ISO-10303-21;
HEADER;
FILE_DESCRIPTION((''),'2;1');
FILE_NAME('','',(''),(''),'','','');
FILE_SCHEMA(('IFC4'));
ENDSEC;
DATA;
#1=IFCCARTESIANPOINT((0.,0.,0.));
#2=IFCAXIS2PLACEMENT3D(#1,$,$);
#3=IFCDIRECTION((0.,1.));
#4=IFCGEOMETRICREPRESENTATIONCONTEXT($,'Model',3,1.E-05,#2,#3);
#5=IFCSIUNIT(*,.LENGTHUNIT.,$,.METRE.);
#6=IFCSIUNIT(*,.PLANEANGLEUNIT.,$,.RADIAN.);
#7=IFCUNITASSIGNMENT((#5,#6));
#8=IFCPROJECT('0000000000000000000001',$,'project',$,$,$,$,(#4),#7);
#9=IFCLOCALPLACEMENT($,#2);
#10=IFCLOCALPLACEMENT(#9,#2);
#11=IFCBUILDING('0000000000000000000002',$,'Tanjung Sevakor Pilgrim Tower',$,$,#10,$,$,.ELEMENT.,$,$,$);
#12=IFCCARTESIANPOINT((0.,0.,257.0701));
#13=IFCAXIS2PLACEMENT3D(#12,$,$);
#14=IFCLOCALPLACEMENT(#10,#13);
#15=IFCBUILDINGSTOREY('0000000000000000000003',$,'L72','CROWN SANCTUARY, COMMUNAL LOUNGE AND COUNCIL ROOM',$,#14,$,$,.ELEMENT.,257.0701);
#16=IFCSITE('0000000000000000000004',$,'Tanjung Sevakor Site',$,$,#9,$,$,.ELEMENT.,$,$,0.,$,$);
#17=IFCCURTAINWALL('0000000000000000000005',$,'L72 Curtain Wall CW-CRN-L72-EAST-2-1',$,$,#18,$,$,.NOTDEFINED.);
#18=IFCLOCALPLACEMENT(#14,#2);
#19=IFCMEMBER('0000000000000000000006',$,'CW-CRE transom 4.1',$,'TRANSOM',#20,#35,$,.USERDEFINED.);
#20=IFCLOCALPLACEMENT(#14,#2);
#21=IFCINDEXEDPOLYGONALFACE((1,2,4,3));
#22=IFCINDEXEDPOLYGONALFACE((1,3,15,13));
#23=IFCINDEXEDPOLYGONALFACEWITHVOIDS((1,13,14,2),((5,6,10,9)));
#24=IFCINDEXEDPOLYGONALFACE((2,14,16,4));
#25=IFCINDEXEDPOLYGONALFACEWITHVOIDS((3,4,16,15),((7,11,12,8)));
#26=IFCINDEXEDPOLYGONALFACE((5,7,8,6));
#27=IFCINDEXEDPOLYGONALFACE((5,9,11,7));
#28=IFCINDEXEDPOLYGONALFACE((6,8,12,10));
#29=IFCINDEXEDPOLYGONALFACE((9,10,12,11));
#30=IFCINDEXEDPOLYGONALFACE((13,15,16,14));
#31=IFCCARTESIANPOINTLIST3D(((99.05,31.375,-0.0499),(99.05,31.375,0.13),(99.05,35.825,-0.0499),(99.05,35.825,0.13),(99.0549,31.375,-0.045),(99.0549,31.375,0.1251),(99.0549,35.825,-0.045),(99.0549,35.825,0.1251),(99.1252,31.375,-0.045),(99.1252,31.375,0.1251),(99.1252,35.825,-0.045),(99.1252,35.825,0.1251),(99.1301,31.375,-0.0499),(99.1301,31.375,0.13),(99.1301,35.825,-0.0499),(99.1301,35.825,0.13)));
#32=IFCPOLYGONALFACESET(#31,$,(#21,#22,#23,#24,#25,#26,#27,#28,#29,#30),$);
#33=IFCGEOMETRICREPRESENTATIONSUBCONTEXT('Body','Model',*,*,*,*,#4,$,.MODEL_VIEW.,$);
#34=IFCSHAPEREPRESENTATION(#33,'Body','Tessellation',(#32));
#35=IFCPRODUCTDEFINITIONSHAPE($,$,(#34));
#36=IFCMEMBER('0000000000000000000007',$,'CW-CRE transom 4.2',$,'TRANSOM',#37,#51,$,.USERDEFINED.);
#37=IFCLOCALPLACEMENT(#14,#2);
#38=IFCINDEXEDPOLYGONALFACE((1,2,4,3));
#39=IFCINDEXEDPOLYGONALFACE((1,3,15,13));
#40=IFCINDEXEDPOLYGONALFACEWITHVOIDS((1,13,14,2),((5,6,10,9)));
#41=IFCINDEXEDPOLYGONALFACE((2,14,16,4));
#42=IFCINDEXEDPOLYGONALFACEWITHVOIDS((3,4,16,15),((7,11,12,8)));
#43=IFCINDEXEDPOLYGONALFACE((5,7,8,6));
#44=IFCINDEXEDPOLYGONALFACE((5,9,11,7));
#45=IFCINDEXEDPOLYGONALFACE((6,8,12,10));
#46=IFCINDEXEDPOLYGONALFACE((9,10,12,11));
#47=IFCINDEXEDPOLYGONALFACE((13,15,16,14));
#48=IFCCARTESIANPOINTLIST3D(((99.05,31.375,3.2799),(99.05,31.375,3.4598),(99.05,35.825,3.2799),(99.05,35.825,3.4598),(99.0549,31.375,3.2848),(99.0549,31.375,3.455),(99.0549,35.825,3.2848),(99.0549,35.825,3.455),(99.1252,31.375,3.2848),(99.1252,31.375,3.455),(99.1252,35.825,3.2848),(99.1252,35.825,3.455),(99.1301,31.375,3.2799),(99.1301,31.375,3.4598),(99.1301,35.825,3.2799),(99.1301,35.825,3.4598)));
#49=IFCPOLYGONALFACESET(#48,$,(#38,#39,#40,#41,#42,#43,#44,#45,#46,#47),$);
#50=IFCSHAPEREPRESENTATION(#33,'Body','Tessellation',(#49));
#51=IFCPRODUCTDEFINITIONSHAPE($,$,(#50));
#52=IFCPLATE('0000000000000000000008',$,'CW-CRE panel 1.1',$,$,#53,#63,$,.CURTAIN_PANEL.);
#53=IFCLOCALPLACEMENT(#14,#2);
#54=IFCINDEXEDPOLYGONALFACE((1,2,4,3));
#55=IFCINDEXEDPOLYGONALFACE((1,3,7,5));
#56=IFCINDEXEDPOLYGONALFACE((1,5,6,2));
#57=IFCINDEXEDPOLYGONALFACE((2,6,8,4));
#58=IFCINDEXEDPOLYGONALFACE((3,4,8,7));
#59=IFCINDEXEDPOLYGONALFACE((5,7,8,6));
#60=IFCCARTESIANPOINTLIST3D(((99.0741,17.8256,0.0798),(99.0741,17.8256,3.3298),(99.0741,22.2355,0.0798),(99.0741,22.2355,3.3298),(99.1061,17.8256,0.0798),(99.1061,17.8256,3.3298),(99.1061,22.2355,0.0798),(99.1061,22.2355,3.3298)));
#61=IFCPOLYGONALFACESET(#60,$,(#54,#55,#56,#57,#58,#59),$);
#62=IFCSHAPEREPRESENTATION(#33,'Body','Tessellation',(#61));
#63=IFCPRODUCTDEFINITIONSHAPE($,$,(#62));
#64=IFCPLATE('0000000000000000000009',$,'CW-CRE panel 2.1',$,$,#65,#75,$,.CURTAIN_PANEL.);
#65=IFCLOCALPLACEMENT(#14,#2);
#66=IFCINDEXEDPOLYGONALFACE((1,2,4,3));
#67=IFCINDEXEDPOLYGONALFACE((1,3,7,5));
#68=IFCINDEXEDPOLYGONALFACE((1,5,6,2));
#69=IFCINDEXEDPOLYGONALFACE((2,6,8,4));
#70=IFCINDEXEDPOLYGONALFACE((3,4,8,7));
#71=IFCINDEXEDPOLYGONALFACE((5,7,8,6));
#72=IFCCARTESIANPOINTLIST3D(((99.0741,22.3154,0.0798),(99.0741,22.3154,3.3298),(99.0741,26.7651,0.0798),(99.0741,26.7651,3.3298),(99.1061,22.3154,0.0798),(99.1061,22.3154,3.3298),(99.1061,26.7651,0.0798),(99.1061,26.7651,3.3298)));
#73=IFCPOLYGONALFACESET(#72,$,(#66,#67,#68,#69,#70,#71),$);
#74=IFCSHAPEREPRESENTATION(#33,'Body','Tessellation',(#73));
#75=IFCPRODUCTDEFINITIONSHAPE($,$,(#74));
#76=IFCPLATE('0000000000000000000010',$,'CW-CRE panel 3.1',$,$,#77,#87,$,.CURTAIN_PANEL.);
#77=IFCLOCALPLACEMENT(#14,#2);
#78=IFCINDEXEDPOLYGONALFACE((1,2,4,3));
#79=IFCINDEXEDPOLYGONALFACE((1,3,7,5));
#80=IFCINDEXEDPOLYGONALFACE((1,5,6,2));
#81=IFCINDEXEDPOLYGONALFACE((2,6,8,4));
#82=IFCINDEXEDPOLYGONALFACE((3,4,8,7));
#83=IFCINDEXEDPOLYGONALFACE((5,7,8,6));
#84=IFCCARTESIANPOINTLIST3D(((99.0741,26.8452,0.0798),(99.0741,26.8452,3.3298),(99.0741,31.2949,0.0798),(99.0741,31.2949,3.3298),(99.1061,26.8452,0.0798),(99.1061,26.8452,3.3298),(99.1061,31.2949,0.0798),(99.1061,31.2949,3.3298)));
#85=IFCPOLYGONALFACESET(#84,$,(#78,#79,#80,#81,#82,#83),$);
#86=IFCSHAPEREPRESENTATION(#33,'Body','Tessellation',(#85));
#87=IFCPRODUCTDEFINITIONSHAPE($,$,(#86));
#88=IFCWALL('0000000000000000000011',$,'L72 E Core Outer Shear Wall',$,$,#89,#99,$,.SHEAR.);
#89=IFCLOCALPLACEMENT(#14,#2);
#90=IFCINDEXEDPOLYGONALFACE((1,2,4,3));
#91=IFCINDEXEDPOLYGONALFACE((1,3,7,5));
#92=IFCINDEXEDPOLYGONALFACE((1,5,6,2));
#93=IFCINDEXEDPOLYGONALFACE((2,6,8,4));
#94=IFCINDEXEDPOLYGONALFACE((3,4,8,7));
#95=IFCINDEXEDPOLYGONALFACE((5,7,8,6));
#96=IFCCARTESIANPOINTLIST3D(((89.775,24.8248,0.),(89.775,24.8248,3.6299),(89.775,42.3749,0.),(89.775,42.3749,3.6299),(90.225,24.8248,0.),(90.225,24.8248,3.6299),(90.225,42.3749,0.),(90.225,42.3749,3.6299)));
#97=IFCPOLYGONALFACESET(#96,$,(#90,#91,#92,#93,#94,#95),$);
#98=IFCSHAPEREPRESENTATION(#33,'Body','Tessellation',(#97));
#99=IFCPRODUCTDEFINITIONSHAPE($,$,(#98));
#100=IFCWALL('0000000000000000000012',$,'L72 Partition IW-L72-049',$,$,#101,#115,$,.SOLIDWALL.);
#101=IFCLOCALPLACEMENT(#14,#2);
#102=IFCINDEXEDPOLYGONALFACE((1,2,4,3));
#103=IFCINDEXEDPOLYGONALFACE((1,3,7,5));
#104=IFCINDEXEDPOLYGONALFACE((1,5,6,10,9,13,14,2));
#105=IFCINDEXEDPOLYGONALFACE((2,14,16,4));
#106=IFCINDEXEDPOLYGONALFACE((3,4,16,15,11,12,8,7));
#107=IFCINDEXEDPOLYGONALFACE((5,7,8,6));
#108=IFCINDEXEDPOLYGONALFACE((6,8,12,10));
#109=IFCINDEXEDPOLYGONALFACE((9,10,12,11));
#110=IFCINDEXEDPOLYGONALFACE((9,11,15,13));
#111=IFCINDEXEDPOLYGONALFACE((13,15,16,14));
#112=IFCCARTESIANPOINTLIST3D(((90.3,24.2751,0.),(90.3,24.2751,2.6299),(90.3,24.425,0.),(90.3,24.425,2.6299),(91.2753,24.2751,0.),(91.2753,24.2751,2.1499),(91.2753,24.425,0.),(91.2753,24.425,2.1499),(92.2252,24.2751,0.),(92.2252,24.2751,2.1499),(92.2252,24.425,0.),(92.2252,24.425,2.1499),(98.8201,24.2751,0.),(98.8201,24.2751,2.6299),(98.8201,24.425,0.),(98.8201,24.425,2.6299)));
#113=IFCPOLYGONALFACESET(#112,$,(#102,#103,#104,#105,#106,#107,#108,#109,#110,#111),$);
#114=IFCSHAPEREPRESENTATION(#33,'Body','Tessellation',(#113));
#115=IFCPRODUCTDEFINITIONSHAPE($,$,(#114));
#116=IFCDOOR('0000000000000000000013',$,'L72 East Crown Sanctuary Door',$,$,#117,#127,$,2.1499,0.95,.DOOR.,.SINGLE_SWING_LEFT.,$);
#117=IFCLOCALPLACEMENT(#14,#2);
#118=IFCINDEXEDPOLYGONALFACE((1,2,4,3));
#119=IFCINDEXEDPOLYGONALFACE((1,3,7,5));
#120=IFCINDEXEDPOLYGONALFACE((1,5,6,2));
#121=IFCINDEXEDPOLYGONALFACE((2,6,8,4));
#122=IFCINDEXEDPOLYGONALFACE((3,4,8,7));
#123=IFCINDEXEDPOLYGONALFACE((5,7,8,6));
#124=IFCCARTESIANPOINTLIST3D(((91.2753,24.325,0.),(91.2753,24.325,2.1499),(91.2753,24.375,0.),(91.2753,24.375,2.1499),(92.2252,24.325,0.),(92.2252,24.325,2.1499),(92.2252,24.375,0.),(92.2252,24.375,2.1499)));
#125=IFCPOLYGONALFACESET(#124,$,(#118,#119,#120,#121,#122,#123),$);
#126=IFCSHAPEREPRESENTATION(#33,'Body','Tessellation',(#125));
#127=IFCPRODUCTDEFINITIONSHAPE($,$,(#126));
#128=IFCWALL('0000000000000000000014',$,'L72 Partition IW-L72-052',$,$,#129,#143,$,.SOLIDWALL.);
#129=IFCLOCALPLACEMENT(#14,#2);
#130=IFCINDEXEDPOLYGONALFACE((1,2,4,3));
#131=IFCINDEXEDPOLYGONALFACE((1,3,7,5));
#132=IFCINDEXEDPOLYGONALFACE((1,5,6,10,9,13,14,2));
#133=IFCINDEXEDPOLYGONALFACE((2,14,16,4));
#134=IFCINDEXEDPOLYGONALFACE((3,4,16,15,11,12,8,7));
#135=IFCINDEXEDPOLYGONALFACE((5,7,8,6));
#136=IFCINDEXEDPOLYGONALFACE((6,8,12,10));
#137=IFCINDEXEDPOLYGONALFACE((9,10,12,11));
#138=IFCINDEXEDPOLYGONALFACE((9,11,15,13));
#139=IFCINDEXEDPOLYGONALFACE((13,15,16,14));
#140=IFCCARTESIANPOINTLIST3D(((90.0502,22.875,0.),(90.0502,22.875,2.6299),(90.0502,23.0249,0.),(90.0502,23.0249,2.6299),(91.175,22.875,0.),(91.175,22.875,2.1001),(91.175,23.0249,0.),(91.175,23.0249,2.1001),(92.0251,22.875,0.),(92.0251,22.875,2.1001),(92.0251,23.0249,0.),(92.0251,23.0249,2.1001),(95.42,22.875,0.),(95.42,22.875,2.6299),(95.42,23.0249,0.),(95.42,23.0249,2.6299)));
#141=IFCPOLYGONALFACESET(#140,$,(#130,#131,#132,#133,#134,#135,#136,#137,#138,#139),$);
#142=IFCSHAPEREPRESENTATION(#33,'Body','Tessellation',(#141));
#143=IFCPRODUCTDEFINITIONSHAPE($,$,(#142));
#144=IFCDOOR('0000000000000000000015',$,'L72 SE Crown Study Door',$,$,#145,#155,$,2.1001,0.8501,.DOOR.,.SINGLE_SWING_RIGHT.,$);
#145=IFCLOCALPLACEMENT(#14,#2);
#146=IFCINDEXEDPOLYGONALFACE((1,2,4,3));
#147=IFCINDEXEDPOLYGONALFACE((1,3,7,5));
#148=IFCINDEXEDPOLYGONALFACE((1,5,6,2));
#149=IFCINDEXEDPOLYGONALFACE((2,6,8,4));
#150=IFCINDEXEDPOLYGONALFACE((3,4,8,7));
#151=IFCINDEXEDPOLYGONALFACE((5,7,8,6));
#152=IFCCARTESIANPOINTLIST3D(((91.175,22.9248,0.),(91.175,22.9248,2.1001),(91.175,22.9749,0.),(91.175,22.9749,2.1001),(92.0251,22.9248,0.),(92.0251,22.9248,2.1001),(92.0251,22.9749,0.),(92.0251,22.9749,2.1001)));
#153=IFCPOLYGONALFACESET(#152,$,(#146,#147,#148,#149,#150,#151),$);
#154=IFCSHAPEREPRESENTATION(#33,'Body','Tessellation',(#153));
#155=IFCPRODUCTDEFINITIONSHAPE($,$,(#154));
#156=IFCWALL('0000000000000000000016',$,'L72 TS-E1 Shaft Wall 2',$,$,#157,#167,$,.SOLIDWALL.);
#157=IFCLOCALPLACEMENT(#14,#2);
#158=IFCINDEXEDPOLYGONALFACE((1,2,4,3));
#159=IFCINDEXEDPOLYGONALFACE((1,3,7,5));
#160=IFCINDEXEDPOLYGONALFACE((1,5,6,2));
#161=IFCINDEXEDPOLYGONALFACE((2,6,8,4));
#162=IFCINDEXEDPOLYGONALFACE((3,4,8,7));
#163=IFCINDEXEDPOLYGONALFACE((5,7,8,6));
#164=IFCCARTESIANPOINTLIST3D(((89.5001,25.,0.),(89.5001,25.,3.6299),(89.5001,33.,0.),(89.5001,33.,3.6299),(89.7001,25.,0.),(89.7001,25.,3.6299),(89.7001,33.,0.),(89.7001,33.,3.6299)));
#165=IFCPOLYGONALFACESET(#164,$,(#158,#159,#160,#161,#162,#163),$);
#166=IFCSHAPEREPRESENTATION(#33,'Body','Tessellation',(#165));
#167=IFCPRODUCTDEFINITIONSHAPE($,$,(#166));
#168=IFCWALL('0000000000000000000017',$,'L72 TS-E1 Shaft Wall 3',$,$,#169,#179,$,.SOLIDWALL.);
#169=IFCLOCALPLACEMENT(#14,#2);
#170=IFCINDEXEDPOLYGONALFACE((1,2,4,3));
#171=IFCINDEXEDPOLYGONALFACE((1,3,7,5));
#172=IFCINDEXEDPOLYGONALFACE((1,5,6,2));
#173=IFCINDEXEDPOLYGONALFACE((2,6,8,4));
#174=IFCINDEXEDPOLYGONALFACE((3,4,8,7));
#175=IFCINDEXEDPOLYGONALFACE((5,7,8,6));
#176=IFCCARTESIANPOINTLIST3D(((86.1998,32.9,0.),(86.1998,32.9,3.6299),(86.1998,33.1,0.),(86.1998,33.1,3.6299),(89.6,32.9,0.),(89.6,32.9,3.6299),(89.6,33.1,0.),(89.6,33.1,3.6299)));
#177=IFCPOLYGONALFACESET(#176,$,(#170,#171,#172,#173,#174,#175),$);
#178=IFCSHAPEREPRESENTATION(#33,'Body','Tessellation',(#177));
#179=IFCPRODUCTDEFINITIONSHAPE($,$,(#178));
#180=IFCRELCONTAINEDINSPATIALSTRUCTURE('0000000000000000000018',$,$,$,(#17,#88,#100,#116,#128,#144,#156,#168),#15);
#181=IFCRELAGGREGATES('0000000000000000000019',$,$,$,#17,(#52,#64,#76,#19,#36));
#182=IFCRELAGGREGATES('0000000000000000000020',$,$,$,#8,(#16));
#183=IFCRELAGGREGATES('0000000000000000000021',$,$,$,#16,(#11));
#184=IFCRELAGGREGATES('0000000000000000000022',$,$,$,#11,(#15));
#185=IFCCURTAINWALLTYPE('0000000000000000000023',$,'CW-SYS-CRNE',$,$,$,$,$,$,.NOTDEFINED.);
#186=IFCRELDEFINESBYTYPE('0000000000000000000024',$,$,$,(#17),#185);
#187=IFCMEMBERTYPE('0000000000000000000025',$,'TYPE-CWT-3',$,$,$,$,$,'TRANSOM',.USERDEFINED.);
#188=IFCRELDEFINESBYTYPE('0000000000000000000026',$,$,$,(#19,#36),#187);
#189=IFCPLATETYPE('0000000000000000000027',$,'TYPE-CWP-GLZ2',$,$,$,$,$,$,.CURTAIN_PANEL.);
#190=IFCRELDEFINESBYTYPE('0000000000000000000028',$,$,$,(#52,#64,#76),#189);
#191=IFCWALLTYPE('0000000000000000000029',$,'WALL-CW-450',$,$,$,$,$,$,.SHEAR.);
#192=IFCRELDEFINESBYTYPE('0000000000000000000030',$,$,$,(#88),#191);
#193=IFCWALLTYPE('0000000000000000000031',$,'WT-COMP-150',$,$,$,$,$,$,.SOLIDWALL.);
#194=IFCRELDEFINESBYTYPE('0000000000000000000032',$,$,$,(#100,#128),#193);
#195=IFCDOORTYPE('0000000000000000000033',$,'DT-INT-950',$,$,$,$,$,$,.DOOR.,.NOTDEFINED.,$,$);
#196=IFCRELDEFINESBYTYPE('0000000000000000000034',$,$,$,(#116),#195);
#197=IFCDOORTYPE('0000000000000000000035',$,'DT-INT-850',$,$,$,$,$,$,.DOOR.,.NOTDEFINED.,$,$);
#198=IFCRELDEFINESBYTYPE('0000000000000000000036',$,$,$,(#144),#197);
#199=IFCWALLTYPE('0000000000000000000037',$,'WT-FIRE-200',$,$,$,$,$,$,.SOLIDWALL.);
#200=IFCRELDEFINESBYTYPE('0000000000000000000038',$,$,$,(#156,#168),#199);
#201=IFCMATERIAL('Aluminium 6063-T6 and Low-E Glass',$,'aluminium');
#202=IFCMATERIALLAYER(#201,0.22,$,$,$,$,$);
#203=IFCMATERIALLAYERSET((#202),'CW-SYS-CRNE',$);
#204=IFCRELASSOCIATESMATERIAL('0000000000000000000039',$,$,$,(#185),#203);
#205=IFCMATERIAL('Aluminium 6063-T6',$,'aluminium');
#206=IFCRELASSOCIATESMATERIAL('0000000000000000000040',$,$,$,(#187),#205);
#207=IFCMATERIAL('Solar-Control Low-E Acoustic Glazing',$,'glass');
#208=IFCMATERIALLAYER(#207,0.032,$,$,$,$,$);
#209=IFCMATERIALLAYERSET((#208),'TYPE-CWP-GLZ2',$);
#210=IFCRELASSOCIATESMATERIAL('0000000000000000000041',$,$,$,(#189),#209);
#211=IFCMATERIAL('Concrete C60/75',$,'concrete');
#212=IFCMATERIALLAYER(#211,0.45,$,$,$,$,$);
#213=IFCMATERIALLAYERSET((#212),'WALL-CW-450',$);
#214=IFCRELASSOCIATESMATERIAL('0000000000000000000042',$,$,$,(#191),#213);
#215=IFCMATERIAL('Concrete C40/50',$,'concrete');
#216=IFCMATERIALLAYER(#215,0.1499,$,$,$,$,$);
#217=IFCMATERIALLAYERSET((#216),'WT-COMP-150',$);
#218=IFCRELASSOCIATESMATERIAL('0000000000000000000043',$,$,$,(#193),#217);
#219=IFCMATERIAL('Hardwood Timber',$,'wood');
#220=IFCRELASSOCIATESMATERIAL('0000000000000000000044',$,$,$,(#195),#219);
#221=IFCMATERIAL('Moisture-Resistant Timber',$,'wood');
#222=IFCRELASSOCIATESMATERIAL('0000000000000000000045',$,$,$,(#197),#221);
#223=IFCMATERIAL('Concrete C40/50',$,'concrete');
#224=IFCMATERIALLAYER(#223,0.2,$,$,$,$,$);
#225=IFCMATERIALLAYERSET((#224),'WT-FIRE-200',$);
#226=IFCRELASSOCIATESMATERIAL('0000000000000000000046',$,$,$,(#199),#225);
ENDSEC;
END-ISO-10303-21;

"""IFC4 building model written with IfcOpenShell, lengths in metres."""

from ifc_helpers import new_model, si_unit, direction, frame, frame_2d, origin, origin_2d, place, context, subcontext, project, spatial, rectangle, hollow_rectangle, extrude, material, layer, layer_set, material_profile, profile_set, type_object, element, fill, aggregate, save


model = new_model("IFC4")

# Units and contexts
model_context = context("Model", 3, precision=1e-05, world=origin(), true_north=direction((0.0, 1.0)))
body_context = subcontext(model_context, "Body", "Model", "MODEL_VIEW")
ifc_project = project(units=[si_unit("LENGTHUNIT", "METRE"), si_unit("PLANEANGLEUNIT", "RADIAN")], contexts=[model_context])

# Site, building, storey
site_placement = place(None, origin())
site = spatial("IfcSite", under=ifc_project, at=site_placement, Name="Tanjung Sevakor Site", CompositionType="ELEMENT", RefElevation=0.0)
building_placement = place(site_placement, origin())
building = spatial("IfcBuilding", under=site, at=building_placement, Name="Tanjung Sevakor Pilgrim Tower", CompositionType="ELEMENT")
storey_placement = place(building_placement, frame((0.0, 0.0, 257.0701)))
storey = spatial("IfcBuildingStorey", under=building, at=storey_placement, Name="L72", Description="CROWN SANCTUARY, COMMUNAL LOUNGE AND COUNCIL ROOM", CompositionType="ELEMENT", Elevation=257.0701)

# Curtain wall, members, plates
ifc_material_1 = material(Name="Aluminium 6063-T6 and Low-E Glass", Category="aluminium")
ifc_layer_1 = layer(ifc_material_1, 0.22)
ifc_layer_set_1 = layer_set([ifc_layer_1], Name="CW-SYS-CRNE")
curtain_wall_type = type_object("IfcCurtainWallType", Name="CW-SYS-CRNE", PredefinedType="NOTDEFINED", material=ifc_layer_set_1)
curtain_wall_placement = place(storey_placement, origin())
curtain_wall = element("IfcCurtainWall", 1, at=curtain_wall_placement, inside=storey, type_object=curtain_wall_type, Name="L72 Curtain Wall CW-CRN-L72-EAST-2-1", PredefinedType="NOTDEFINED")
ifc_material_2 = material(Name="Aluminium 6063-T6", Category="aluminium")
ifc_material_profile_1 = material_profile(ifc_material_2, hollow_rectangle(XDim=0.0801, YDim=0.1799, WallThickness=0.0049, at=origin_2d()))
ifc_profile_set_1 = profile_set([ifc_material_profile_1], Name="Aluminium 6063-T6")
member_type_1 = type_object("IfcMemberType", Name="TYPE-CWT-3", ElementType="TRANSOM", PredefinedType="USERDEFINED", material=ifc_profile_set_1)
member_1_placement = place(storey_placement, frame((99.0901, 31.375, 0.04), z_axis=(0.0, 1.0, 0.0), x_axis=(-1.0, 0.0, 0.0)))
member_1 = element("IfcMember", 2, at=member_1_placement, type_object=member_type_1, Name="CW-CRE transom 4.1", ObjectType="TRANSOM", PredefinedType="USERDEFINED", context=body_context, shape_type="SweptSolid", body=[
    extrude(hollow_rectangle(XDim=0.0801, YDim=0.1799, WallThickness=0.0049, at=origin_2d()), origin(), (0.0, 0.0, 1.0), 4.45),
])
member_2_placement = place(storey_placement, frame((99.0901, 31.375, 3.3699), z_axis=(0.0, 1.0, 0.0), x_axis=(-1.0, 0.0, 0.0)))
member_2 = element("IfcMember", 3, at=member_2_placement, type_object=member_type_1, Name="CW-CRE transom 4.2", ObjectType="TRANSOM", PredefinedType="USERDEFINED", context=body_context, shape_type="SweptSolid", body=[
    extrude(hollow_rectangle(XDim=0.0801, YDim=0.1799, WallThickness=0.0049, at=origin_2d()), origin(), (0.0, 0.0, 1.0), 4.45),
])
ifc_material_3 = material(Name="Solar-Control Low-E Acoustic Glazing", Category="glass")
ifc_layer_2 = layer(ifc_material_3, 0.032)
ifc_layer_set_2 = layer_set([ifc_layer_2], Name="TYPE-CWP-GLZ2")
plate_type = type_object("IfcPlateType", Name="TYPE-CWP-GLZ2", PredefinedType="CURTAIN_PANEL", material=ifc_layer_set_2)
plate_1_placement = place(storey_placement, frame((99.0901, 20.0305, 0.0798), z_axis=(0.0, 0.0, 1.0), x_axis=(0.0, 1.0, 0.0)))
plate_1 = element("IfcPlate", 4, at=plate_1_placement, type_object=plate_type, Name="CW-CRE panel 1.1", PredefinedType="CURTAIN_PANEL", context=body_context, shape_type="SweptSolid", body=[
    extrude(rectangle(XDim=4.4099, YDim=0.032, at=origin_2d()), origin(), (0.0, 0.0, 1.0), 3.25),
])
plate_2_placement = place(storey_placement, frame((99.0901, 24.5403, 0.0798), z_axis=(0.0, 0.0, 1.0), x_axis=(0.0, 1.0, 0.0)))
plate_2 = element("IfcPlate", 5, at=plate_2_placement, type_object=plate_type, Name="CW-CRE panel 2.1", PredefinedType="CURTAIN_PANEL", context=body_context, shape_type="SweptSolid", body=[
    extrude(rectangle(XDim=4.4497, YDim=0.032, at=origin_2d()), origin(), (0.0, 0.0, 1.0), 3.25),
])
plate_3_placement = place(storey_placement, frame((99.0901, 29.0701, 0.0798), z_axis=(0.0, 0.0, 1.0), x_axis=(0.0, 1.0, 0.0)))
plate_3 = element("IfcPlate", 6, at=plate_3_placement, type_object=plate_type, Name="CW-CRE panel 3.1", PredefinedType="CURTAIN_PANEL", context=body_context, shape_type="SweptSolid", body=[
    extrude(rectangle(XDim=4.4497, YDim=0.032, at=origin_2d()), origin(), (0.0, 0.0, 1.0), 3.25),
])
aggregate(curtain_wall, [plate_1, plate_2, plate_3, member_1, member_2])

# Wall
ifc_material_4 = material(Name="Concrete C60/75", Category="concrete")
ifc_layer_3 = layer(ifc_material_4, 0.45)
ifc_layer_set_3 = layer_set([ifc_layer_3], Name="WALL-CW-450")
wall_type_1 = type_object("IfcWallType", Name="WALL-CW-450", PredefinedType="SHEAR", material=ifc_layer_set_3)
wall_1_placement = place(storey_placement, frame((90.0, 24.825, 0.0), z_axis=(0.0, 0.0, 1.0), x_axis=(0.0, 1.0, 0.0)))
element("IfcWall", 7, at=wall_1_placement, inside=storey, type_object=wall_type_1, Name="L72 E Core Outer Shear Wall", PredefinedType="SHEAR", context=body_context, shape_type="SweptSolid", body=[
    extrude(rectangle(XDim=17.55, YDim=0.45, at=frame_2d((8.7749, 0.0))), origin(), (0.0, 0.0, 1.0), 3.6299),
])

# Walls, openings, doors
ifc_material_5 = material(Name="Concrete C40/50", Category="concrete")
ifc_layer_4 = layer(ifc_material_5, 0.1499)
ifc_layer_set_4 = layer_set([ifc_layer_4], Name="WT-COMP-150")
wall_type_2 = type_object("IfcWallType", Name="WT-COMP-150", PredefinedType="SOLIDWALL", material=ifc_layer_set_4)
wall_2_placement = place(storey_placement, frame((90.3, 24.3501, 0.0), z_axis=(0.0, 0.0, 1.0), x_axis=(1.0, 0.0, 0.0)))
wall_2 = element("IfcWall", 8, at=wall_2_placement, inside=storey, type_object=wall_type_2, Name="L72 Partition IW-L72-049", PredefinedType="SOLIDWALL", context=body_context, shape_type="SweptSolid", body=[
    extrude(rectangle(XDim=8.52, YDim=0.1499, at=frame_2d((4.26, 0.0))), origin(), (0.0, 0.0, 1.0), 2.6299),
])
opening_1_placement = place(wall_2_placement, frame((0.9751, 0.0, 0.0)))
opening_1 = element("IfcOpeningElement", 9, at=opening_1_placement, cuts=wall_2, PredefinedType="OPENING", context=body_context, shape_type="SweptSolid", body=[
    extrude(rectangle(XDim=0.95, YDim=2.1499, at=frame_2d((0.4751, 1.075))), frame((0.0, 0.085, 0.0), z_axis=(0.0, -1.0, 0.0), x_axis=(1.0, 0.0, 0.0)), (0.0, 0.0, 1.0), 0.1699),
])
ifc_material_6 = material(Name="Hardwood Timber", Category="wood")
door_type_1 = type_object("IfcDoorType", Name="DT-INT-950", OperationType="NOTDEFINED", PredefinedType="DOOR", material=ifc_material_6)
door_1_placement = place(opening_1_placement, origin())
door_1 = element("IfcDoor", 10, at=door_1_placement, inside=storey, type_object=door_type_1, Name="L72 East Crown Sanctuary Door", OperationType="SINGLE_SWING_LEFT", OverallHeight=2.1499, OverallWidth=0.95, PredefinedType="DOOR", context=body_context, shape_type="SweptSolid", body=[
    extrude(rectangle(XDim=0.95, YDim=2.1499, at=frame_2d((0.4751, 1.075))), frame((0.0, 0.0249, 0.0), z_axis=(0.0, -1.0, 0.0), x_axis=(1.0, 0.0, 0.0)), (0.0, 0.0, 1.0), 0.05),
])
fill(opening_1, door_1)
wall_3_placement = place(storey_placement, frame((90.05, 22.95, 0.0), z_axis=(0.0, 0.0, 1.0), x_axis=(1.0, 0.0, 0.0)))
wall_3 = element("IfcWall", 11, at=wall_3_placement, inside=storey, type_object=wall_type_2, Name="L72 Partition IW-L72-052", PredefinedType="SOLIDWALL", context=body_context, shape_type="SweptSolid", body=[
    extrude(rectangle(XDim=5.3699, YDim=0.1499, at=frame_2d((2.6851, 0.0))), origin(), (0.0, 0.0, 1.0), 2.6299),
])
opening_2_placement = place(wall_3_placement, frame((1.125, 0.0, 0.0)))
opening_2 = element("IfcOpeningElement", 12, at=opening_2_placement, cuts=wall_3, PredefinedType="OPENING", context=body_context, shape_type="SweptSolid", body=[
    extrude(rectangle(XDim=0.8501, YDim=2.1001, at=frame_2d((0.425, 1.05))), frame((0.0, 0.085, 0.0), z_axis=(0.0, -1.0, 0.0), x_axis=(1.0, 0.0, 0.0)), (0.0, 0.0, 1.0), 0.1699),
])
ifc_material_7 = material(Name="Moisture-Resistant Timber", Category="wood")
door_type_2 = type_object("IfcDoorType", Name="DT-INT-850", OperationType="NOTDEFINED", PredefinedType="DOOR", material=ifc_material_7)
door_2_placement = place(opening_2_placement, origin())
door_2 = element("IfcDoor", 13, at=door_2_placement, inside=storey, type_object=door_type_2, Name="L72 SE Crown Study Door", OperationType="SINGLE_SWING_RIGHT", OverallHeight=2.1001, OverallWidth=0.8501, PredefinedType="DOOR", context=body_context, shape_type="SweptSolid", body=[
    extrude(rectangle(XDim=0.8501, YDim=2.1001, at=frame_2d((0.425, 1.05))), frame((0.0, 0.0249, 0.0), z_axis=(0.0, -1.0, 0.0), x_axis=(1.0, 0.0, 0.0)), (0.0, 0.0, 1.0), 0.05),
])
fill(opening_2, door_2)

# Walls
ifc_material_8 = material(Name="Concrete C40/50", Category="concrete")
ifc_layer_5 = layer(ifc_material_8, 0.2)
ifc_layer_set_5 = layer_set([ifc_layer_5], Name="WT-FIRE-200")
wall_type_3 = type_object("IfcWallType", Name="WT-FIRE-200", PredefinedType="SOLIDWALL", material=ifc_layer_set_5)
wall_4_placement = place(storey_placement, frame((89.6001, 25.0, 0.0), z_axis=(0.0, 0.0, 1.0), x_axis=(0.0, 1.0, 0.0)))
element("IfcWall", 14, at=wall_4_placement, inside=storey, type_object=wall_type_3, Name="L72 TS-E1 Shaft Wall 2", PredefinedType="SOLIDWALL", context=body_context, shape_type="SweptSolid", body=[
    extrude(rectangle(XDim=8.0, YDim=0.2, at=frame_2d((4.0, 0.0))), origin(), (0.0, 0.0, 1.0), 3.6299),
])
wall_5_placement = place(storey_placement, frame((89.6001, 33.0, 0.0), z_axis=(0.0, 0.0, 1.0), x_axis=(-1.0, 0.0, 0.0)))
element("IfcWall", 15, at=wall_5_placement, inside=storey, type_object=wall_type_3, Name="L72 TS-E1 Shaft Wall 3", PredefinedType="SOLIDWALL", context=body_context, shape_type="SweptSolid", body=[
    extrude(rectangle(XDim=3.4001, YDim=0.2, at=frame_2d((1.7002, 0.0))), origin(), (0.0, 0.0, 1.0), 3.6299),
])

save(model, "model.ifc")
